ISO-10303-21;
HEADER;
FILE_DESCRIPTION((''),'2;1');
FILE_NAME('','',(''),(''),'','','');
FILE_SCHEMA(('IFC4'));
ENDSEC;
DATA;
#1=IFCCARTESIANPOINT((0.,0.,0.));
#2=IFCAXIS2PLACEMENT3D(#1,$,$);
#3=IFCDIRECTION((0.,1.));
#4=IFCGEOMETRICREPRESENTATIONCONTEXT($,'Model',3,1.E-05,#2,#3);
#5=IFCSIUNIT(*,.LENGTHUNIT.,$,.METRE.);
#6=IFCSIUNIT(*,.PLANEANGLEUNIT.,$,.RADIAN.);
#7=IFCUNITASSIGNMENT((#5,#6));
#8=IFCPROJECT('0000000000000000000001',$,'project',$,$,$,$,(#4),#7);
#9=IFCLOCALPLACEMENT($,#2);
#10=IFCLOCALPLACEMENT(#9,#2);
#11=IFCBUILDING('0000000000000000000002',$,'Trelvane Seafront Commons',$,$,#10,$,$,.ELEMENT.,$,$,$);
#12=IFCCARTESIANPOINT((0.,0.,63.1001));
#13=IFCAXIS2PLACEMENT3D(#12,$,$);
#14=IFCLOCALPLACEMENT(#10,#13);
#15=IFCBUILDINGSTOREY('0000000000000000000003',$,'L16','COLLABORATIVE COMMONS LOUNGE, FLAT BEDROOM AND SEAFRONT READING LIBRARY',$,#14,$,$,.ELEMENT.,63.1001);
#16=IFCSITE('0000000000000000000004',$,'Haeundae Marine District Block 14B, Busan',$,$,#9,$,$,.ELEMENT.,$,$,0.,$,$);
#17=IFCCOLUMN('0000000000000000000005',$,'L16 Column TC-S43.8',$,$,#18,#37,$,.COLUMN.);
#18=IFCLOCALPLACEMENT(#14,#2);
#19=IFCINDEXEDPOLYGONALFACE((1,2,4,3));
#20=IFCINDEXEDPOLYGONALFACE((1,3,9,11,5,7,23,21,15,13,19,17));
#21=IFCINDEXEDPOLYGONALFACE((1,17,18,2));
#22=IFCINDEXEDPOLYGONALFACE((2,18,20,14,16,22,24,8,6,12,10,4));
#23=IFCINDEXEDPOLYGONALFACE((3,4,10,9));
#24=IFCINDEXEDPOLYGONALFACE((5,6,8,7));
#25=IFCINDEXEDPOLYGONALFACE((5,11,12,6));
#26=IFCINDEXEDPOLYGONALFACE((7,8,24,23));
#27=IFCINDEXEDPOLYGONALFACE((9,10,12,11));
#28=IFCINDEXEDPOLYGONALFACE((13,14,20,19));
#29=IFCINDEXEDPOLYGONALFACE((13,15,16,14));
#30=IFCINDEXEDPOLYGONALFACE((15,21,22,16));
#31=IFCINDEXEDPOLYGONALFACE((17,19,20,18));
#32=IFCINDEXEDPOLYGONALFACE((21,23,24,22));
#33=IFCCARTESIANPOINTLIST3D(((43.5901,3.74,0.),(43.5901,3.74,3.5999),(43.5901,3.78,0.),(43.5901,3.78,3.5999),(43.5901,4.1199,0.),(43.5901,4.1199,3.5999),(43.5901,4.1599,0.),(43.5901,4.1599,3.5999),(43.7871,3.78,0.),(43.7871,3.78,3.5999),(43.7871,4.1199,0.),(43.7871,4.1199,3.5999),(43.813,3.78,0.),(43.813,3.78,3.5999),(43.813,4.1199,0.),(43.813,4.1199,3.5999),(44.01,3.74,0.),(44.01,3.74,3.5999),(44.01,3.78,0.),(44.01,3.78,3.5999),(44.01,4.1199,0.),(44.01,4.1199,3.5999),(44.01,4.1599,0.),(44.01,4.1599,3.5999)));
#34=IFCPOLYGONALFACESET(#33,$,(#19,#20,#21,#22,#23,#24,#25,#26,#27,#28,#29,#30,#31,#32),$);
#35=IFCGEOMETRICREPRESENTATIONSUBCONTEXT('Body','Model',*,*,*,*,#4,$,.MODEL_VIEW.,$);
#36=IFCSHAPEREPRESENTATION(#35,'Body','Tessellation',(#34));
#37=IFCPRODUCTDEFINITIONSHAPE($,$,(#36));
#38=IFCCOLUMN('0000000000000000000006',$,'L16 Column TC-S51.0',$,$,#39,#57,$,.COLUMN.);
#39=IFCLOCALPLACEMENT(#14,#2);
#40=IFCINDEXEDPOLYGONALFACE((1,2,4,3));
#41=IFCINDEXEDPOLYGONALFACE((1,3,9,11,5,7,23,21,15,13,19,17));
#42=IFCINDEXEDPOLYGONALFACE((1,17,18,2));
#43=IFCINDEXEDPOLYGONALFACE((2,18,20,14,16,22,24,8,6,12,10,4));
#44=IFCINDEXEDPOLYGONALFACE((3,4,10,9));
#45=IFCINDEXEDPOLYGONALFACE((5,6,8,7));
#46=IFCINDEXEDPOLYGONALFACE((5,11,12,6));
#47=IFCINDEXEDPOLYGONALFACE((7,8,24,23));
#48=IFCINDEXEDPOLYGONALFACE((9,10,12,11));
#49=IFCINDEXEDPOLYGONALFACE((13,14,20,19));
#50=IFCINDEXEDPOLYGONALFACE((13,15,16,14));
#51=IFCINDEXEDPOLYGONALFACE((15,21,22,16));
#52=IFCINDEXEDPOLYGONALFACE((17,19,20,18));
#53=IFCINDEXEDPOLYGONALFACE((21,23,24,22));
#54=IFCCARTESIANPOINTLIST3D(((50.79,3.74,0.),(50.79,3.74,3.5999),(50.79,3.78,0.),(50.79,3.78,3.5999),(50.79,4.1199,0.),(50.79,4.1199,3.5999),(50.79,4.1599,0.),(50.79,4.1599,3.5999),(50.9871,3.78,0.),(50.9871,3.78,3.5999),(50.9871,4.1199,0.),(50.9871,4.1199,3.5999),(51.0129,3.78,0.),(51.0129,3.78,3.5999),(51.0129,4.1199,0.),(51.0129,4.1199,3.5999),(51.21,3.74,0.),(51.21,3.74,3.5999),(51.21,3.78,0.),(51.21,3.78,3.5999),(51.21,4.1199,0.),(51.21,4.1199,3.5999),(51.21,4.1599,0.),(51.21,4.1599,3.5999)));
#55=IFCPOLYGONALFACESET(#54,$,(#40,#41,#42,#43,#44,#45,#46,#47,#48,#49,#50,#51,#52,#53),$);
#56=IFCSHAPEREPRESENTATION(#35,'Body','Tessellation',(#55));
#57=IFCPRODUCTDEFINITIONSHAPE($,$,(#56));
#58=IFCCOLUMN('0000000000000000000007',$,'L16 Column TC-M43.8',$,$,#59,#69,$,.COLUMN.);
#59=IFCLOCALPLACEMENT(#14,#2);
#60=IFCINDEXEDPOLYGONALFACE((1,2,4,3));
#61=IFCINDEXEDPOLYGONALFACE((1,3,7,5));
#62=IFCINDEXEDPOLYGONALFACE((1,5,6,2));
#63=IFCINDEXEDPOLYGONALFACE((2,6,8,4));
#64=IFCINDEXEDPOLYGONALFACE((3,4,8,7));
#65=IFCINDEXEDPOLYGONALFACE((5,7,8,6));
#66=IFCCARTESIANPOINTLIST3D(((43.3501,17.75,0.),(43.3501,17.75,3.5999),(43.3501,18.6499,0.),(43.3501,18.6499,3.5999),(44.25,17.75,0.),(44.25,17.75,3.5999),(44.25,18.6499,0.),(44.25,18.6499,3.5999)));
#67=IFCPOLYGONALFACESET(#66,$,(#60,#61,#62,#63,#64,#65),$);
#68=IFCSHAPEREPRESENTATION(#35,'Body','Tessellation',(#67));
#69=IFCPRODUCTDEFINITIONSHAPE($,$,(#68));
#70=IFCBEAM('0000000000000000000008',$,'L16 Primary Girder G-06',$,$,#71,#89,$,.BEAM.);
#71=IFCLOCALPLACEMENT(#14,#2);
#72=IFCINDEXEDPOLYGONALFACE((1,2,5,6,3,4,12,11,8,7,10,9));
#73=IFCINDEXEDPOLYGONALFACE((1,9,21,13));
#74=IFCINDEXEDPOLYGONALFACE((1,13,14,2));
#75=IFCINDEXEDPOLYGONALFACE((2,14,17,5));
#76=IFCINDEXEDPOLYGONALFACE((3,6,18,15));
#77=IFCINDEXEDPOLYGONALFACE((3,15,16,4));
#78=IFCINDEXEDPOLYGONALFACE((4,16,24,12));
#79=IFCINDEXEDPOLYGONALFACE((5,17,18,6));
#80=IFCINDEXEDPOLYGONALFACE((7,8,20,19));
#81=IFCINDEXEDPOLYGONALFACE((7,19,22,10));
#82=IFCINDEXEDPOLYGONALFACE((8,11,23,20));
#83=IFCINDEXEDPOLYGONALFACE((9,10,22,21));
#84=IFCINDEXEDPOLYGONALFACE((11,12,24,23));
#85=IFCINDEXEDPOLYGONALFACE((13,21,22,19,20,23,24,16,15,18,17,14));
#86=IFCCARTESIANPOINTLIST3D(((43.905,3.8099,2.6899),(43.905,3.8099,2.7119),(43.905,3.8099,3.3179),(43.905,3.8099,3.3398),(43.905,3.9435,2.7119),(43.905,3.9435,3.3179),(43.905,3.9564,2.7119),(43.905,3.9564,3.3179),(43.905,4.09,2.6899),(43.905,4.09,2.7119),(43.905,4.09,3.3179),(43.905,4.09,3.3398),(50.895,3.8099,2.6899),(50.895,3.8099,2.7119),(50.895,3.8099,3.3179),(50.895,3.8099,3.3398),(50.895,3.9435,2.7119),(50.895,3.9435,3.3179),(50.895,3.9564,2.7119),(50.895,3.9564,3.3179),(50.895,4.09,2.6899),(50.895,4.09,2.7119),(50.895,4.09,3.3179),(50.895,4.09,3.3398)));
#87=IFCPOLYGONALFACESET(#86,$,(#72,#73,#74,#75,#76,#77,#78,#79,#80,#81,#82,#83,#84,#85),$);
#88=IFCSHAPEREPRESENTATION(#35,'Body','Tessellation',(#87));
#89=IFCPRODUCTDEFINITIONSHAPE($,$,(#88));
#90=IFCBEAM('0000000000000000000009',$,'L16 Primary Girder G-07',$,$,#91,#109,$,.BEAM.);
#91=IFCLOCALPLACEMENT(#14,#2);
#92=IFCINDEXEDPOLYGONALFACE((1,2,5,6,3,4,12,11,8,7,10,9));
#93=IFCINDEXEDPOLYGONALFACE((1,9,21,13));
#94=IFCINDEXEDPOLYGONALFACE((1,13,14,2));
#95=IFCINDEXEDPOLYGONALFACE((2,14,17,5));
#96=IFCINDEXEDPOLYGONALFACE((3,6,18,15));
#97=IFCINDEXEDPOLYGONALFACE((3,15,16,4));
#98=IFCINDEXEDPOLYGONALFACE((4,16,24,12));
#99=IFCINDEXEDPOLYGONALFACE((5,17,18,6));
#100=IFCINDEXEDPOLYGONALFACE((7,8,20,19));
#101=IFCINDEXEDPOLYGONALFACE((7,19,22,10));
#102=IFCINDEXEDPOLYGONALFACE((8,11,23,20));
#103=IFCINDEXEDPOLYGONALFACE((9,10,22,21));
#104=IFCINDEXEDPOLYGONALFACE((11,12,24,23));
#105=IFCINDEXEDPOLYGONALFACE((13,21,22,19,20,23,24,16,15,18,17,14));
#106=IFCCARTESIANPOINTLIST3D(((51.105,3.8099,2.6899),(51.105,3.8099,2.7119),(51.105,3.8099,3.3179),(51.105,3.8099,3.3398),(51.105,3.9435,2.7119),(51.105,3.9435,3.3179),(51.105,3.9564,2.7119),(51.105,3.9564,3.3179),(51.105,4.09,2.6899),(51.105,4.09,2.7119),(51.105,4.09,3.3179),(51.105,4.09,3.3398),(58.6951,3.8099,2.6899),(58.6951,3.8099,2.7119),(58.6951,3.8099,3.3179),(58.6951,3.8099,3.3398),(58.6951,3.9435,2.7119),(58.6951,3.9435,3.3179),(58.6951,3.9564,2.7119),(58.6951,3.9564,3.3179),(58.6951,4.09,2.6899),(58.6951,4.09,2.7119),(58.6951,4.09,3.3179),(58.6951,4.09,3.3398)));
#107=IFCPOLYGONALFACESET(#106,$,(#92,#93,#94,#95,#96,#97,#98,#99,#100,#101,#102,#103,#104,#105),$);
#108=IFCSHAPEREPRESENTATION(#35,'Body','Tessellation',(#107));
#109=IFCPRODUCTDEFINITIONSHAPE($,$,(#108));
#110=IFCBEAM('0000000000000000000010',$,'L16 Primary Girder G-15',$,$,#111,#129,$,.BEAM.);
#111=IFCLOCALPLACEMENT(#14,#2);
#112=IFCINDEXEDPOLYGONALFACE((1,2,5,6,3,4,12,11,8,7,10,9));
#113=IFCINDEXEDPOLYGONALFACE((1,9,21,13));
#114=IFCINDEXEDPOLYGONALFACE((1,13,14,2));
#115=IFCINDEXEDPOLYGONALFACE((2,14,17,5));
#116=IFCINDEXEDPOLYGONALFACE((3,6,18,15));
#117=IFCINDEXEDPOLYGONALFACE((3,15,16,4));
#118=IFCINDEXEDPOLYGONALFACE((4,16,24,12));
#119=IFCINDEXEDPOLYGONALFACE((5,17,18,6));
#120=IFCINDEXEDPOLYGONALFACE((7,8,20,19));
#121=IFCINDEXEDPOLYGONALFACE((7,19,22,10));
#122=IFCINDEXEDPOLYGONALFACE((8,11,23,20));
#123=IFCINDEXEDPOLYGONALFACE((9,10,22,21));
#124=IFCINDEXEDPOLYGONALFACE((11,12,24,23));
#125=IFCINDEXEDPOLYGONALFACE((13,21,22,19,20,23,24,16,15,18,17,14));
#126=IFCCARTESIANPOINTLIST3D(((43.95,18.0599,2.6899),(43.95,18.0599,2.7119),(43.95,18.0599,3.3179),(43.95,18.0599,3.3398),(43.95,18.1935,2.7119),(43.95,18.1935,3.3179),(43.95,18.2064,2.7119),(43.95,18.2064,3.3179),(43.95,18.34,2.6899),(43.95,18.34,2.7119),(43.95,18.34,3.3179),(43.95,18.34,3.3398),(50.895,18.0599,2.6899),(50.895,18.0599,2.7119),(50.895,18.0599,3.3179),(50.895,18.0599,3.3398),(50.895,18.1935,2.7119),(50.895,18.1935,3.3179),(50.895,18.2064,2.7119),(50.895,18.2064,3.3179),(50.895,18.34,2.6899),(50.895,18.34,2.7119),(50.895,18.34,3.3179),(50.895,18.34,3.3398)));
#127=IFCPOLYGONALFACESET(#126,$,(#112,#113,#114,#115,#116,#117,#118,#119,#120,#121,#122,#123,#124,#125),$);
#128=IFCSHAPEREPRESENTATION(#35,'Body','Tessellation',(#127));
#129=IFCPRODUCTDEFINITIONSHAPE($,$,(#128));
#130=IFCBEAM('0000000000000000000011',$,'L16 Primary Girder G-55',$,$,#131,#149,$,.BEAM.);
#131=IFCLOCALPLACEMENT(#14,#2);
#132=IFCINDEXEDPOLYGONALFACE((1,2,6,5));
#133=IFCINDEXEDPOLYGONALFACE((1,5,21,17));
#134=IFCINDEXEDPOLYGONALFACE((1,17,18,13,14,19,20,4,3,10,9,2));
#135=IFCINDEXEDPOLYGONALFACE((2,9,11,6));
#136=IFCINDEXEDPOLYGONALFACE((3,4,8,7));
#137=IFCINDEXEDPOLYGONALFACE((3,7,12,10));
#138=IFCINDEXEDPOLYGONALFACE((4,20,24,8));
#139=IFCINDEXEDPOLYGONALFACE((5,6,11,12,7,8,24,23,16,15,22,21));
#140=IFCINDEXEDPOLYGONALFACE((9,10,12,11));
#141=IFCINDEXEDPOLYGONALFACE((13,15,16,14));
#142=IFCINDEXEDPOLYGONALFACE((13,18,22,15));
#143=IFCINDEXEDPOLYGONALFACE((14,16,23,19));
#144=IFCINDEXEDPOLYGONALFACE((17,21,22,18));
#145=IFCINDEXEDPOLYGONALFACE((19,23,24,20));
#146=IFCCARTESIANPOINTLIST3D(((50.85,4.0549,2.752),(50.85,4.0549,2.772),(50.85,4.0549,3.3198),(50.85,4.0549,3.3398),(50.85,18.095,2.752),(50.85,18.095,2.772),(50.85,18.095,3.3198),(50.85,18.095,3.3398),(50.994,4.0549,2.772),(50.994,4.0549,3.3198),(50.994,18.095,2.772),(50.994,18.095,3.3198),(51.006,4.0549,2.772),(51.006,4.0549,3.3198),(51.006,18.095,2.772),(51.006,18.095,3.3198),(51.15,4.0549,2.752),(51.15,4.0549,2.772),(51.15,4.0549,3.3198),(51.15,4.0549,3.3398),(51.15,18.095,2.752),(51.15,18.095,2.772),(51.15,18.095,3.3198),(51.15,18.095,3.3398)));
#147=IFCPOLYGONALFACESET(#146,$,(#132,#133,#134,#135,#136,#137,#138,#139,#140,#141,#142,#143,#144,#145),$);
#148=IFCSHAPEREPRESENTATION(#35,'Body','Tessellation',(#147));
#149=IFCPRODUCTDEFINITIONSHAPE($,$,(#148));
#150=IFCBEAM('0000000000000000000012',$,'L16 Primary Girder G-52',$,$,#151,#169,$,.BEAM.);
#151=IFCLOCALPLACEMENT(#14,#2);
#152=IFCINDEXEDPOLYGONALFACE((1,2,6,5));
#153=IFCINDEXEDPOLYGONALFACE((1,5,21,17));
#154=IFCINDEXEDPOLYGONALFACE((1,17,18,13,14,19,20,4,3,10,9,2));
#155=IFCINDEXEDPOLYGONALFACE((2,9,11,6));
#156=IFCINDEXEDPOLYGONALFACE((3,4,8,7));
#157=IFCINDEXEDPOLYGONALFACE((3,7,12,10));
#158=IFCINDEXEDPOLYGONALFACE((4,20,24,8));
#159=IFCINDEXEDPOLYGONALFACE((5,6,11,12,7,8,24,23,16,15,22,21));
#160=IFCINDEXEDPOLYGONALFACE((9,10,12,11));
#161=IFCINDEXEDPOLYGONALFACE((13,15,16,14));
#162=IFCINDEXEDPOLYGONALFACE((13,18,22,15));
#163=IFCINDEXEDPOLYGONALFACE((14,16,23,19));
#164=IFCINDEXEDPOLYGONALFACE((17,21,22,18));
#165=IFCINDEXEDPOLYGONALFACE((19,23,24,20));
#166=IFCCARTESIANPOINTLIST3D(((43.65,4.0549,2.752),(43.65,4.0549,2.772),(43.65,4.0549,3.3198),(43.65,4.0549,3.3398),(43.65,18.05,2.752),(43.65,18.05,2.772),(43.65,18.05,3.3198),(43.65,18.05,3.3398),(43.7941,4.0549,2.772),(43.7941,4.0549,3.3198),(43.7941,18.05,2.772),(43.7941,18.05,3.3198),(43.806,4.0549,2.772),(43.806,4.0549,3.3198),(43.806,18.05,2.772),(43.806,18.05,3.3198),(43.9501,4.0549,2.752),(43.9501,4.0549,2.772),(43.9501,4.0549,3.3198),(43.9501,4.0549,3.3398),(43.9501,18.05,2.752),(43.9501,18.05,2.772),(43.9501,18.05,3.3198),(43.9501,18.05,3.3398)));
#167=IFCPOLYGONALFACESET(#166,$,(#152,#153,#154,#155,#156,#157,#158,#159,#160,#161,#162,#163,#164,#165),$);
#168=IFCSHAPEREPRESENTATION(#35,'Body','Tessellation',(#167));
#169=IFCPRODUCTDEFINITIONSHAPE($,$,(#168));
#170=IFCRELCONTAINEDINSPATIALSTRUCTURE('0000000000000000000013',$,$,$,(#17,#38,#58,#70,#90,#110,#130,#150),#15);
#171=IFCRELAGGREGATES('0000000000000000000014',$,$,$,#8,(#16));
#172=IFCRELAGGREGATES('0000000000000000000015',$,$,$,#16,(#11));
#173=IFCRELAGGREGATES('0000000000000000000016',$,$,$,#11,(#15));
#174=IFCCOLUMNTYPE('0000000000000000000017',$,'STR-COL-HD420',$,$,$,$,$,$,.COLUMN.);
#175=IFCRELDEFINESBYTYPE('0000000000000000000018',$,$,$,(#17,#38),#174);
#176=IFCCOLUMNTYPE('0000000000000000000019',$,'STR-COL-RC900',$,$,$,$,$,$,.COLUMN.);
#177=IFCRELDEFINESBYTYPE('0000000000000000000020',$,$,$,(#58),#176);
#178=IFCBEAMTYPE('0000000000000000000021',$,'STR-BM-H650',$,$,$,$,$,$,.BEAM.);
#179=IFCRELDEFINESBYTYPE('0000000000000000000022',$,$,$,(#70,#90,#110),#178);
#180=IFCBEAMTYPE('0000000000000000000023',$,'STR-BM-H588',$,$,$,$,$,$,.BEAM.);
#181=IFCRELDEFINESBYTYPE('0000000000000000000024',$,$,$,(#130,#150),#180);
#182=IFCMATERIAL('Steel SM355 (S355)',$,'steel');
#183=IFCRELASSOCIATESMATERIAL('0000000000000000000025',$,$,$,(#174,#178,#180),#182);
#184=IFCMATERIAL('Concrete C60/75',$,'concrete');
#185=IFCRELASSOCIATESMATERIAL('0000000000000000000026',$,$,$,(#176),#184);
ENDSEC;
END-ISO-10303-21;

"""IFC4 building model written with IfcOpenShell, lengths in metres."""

from ifc_helpers import new_model, si_unit, direction, frame, origin, origin_2d, place, context, subcontext, project, spatial, rectangle, i_section, extrude, source, transform, mapped, material, material_profile, profile_set, type_object, element, save


model = new_model("IFC4")

# Units and contexts
model_context = context("Model", 3, precision=1e-05, world=origin(), true_north=direction((0.0, 1.0)))
body_context = subcontext(model_context, "Body", "Model", "MODEL_VIEW")
ifc_project = project(units=[si_unit("LENGTHUNIT", "METRE"), si_unit("PLANEANGLEUNIT", "RADIAN")], contexts=[model_context])

# Site, building, storey
site_placement = place(None, origin())
site = spatial("IfcSite", under=ifc_project, at=site_placement, Name="Haeundae Marine District Block 14B, Busan", CompositionType="ELEMENT", RefElevation=0.0)
building_placement = place(site_placement, origin())
building = spatial("IfcBuilding", under=site, at=building_placement, Name="Trelvane Seafront Commons", CompositionType="ELEMENT")
storey_placement = place(building_placement, frame((0.0, 0.0, 63.1001)))
storey = spatial("IfcBuildingStorey", under=building, at=storey_placement, Name="L16", Description="COLLABORATIVE COMMONS LOUNGE, FLAT BEDROOM AND SEAFRONT READING LIBRARY", CompositionType="ELEMENT", Elevation=63.1001)

# Columns
ifc_material_1 = material(Name="Steel SM355 (S355)", Category="steel")
ifc_material_profile_1 = material_profile(ifc_material_1, i_section(OverallWidth=0.4199, OverallDepth=0.4199, WebThickness=0.0259, FlangeThickness=0.04, at=origin_2d()), Name="HD-420x420x26x40")
ifc_profile_set_1 = profile_set([ifc_material_profile_1], Name="Steel SM355 (S355)")
column_type_1 = type_object("IfcColumnType", Name="STR-COL-HD420", PredefinedType="COLUMN", material=ifc_profile_set_1)
shared_shape_1 = source(origin(), body_context, "Body", "SweptSolid", [
    extrude(i_section(OverallWidth=0.4199, OverallDepth=0.4199, WebThickness=0.0259, FlangeThickness=0.04, at=origin_2d()), origin(), (0.0, 0.0, 1.0), 3.5999),
])
for number, where, z_axis, x_axis, name in (
    (1, (43.8, 3.95, 0.0), (0.0, 0.0, 1.0), (1.0, 0.0, 0.0), "L16 Column TC-S43.8"),
    (2, (51.0, 3.95, 0.0), (0.0, 0.0, 1.0), (1.0, 0.0, 0.0), "L16 Column TC-S51.0"),
):
    element("IfcColumn", number, at=place(storey_placement, frame(where, z_axis=z_axis, x_axis=x_axis)), inside=storey, type_object=column_type_1, Name=name, PredefinedType="COLUMN", context=body_context, shape_type="MappedRepresentation", body=[
        mapped(shared_shape_1, transform((0.0, 0.0, 0.0), x_axis=(1.0, 0.0, 0.0), y_axis=(0.0, 1.0, 0.0), z_axis=(0.0, 0.0, 1.0), scale=1.0)),
    ])
ifc_material_2 = material(Name="Concrete C60/75", Category="concrete")
ifc_material_profile_2 = material_profile(ifc_material_2, rectangle(XDim=0.8999, YDim=0.8999, at=origin_2d()), Name="RC-900x900")
ifc_profile_set_2 = profile_set([ifc_material_profile_2], Name="Concrete C60/75")
column_type_2 = type_object("IfcColumnType", Name="STR-COL-RC900", PredefinedType="COLUMN", material=ifc_profile_set_2)
shared_shape_2 = source(origin(), body_context, "Body", "SweptSolid", [
    extrude(rectangle(XDim=0.8999, YDim=0.8999, at=origin_2d()), origin(), (0.0, 0.0, 1.0), 3.5999),
])
column_placement = place(storey_placement, frame((43.8, 18.2, 0.0), z_axis=(0.0, 0.0, 1.0), x_axis=(1.0, 0.0, 0.0)))
element("IfcColumn", 3, at=column_placement, inside=storey, type_object=column_type_2, Name="L16 Column TC-M43.8", PredefinedType="COLUMN", context=body_context, shape_type="MappedRepresentation", body=[
    mapped(shared_shape_2, transform((0.0, 0.0, 0.0), x_axis=(1.0, 0.0, 0.0), y_axis=(0.0, 1.0, 0.0), z_axis=(0.0, 0.0, 1.0), scale=1.0)),
])

# Beams
ifc_material_profile_3 = material_profile(ifc_material_1, i_section(OverallWidth=0.28, OverallDepth=0.6499, WebThickness=0.0129, FlangeThickness=0.022, at=origin_2d()), Name="H-650x280x13x22")
ifc_profile_set_3 = profile_set([ifc_material_profile_3], Name="Steel SM355 (S355)")
beam_type_1 = type_object("IfcBeamType", Name="STR-BM-H650", PredefinedType="BEAM", material=ifc_profile_set_3)
shared_shape_3 = source(origin(), body_context, "Body", "SweptSolid", [
    extrude(i_section(OverallWidth=0.28, OverallDepth=0.6499, WebThickness=0.0129, FlangeThickness=0.022, at=origin_2d()), origin(), (0.0, 0.0, 1.0), 6.99),
])
beam_1_placement = place(storey_placement, frame((43.905, 3.95, 3.0149), z_axis=(1.0, 0.0, 0.0), x_axis=(0.0, 1.0, 0.0)))
element("IfcBeam", 4, at=beam_1_placement, inside=storey, type_object=beam_type_1, Name="L16 Primary Girder G-06", PredefinedType="BEAM", context=body_context, shape_type="MappedRepresentation", body=[
    mapped(shared_shape_3, transform((0.0, 0.0, 0.0), x_axis=(1.0, 0.0, 0.0), y_axis=(0.0, 1.0, 0.0), z_axis=(0.0, 0.0, 1.0), scale=1.0)),
])
shared_shape_4 = source(origin(), body_context, "Body", "SweptSolid", [
    extrude(i_section(OverallWidth=0.28, OverallDepth=0.6499, WebThickness=0.0129, FlangeThickness=0.022, at=origin_2d()), origin(), (0.0, 0.0, 1.0), 7.5901),
])
beam_2_placement = place(storey_placement, frame((51.105, 3.95, 3.0149), z_axis=(1.0, 0.0, 0.0), x_axis=(0.0, 1.0, 0.0)))
element("IfcBeam", 5, at=beam_2_placement, inside=storey, type_object=beam_type_1, Name="L16 Primary Girder G-07", PredefinedType="BEAM", context=body_context, shape_type="MappedRepresentation", body=[
    mapped(shared_shape_4, transform((0.0, 0.0, 0.0), x_axis=(1.0, 0.0, 0.0), y_axis=(0.0, 1.0, 0.0), z_axis=(0.0, 0.0, 1.0), scale=1.0)),
])
shared_shape_5 = source(origin(), body_context, "Body", "SweptSolid", [
    extrude(i_section(OverallWidth=0.28, OverallDepth=0.6499, WebThickness=0.0129, FlangeThickness=0.022, at=origin_2d()), origin(), (0.0, 0.0, 1.0), 6.9451),
])
beam_3_placement = place(storey_placement, frame((43.95, 18.2, 3.0149), z_axis=(1.0, 0.0, 0.0), x_axis=(0.0, 1.0, 0.0)))
element("IfcBeam", 6, at=beam_3_placement, inside=storey, type_object=beam_type_1, Name="L16 Primary Girder G-15", PredefinedType="BEAM", context=body_context, shape_type="MappedRepresentation", body=[
    mapped(shared_shape_5, transform((0.0, 0.0, 0.0), x_axis=(1.0, 0.0, 0.0), y_axis=(0.0, 1.0, 0.0), z_axis=(0.0, 0.0, 1.0), scale=1.0)),
])
ifc_material_profile_4 = material_profile(ifc_material_1, i_section(OverallWidth=0.3, OverallDepth=0.5879, WebThickness=0.012, FlangeThickness=0.02, at=origin_2d()), Name="H-588x300x12x20")
ifc_profile_set_4 = profile_set([ifc_material_profile_4], Name="Steel SM355 (S355)")
beam_type_2 = type_object("IfcBeamType", Name="STR-BM-H588", PredefinedType="BEAM", material=ifc_profile_set_4)
shared_shape_6 = source(origin(), body_context, "Body", "SweptSolid", [
    extrude(i_section(OverallWidth=0.3, OverallDepth=0.5879, WebThickness=0.012, FlangeThickness=0.02, at=origin_2d()), origin(), (0.0, 0.0, 1.0), 14.04),
])
beam_4_placement = place(storey_placement, frame((51.0, 4.0549, 3.0459), z_axis=(0.0, 1.0, 0.0), x_axis=(-1.0, 0.0, 0.0)))
element("IfcBeam", 7, at=beam_4_placement, inside=storey, type_object=beam_type_2, Name="L16 Primary Girder G-55", PredefinedType="BEAM", context=body_context, shape_type="MappedRepresentation", body=[
    mapped(shared_shape_6, transform((0.0, 0.0, 0.0), x_axis=(1.0, 0.0, 0.0), y_axis=(0.0, 1.0, 0.0), z_axis=(0.0, 0.0, 1.0), scale=1.0)),
])
shared_shape_7 = source(origin(), body_context, "Body", "SweptSolid", [
    extrude(i_section(OverallWidth=0.3, OverallDepth=0.5879, WebThickness=0.012, FlangeThickness=0.02, at=origin_2d()), origin(), (0.0, 0.0, 1.0), 13.9951),
])
beam_5_placement = place(storey_placement, frame((43.8, 4.0549, 3.0459), z_axis=(0.0, 1.0, 0.0), x_axis=(-1.0, 0.0, 0.0)))
element("IfcBeam", 8, at=beam_5_placement, inside=storey, type_object=beam_type_2, Name="L16 Primary Girder G-52", PredefinedType="BEAM", context=body_context, shape_type="MappedRepresentation", body=[
    mapped(shared_shape_7, transform((0.0, 0.0, 0.0), x_axis=(1.0, 0.0, 0.0), y_axis=(0.0, 1.0, 0.0), z_axis=(0.0, 0.0, 1.0), scale=1.0)),
])

save(model, "model.ifc")
